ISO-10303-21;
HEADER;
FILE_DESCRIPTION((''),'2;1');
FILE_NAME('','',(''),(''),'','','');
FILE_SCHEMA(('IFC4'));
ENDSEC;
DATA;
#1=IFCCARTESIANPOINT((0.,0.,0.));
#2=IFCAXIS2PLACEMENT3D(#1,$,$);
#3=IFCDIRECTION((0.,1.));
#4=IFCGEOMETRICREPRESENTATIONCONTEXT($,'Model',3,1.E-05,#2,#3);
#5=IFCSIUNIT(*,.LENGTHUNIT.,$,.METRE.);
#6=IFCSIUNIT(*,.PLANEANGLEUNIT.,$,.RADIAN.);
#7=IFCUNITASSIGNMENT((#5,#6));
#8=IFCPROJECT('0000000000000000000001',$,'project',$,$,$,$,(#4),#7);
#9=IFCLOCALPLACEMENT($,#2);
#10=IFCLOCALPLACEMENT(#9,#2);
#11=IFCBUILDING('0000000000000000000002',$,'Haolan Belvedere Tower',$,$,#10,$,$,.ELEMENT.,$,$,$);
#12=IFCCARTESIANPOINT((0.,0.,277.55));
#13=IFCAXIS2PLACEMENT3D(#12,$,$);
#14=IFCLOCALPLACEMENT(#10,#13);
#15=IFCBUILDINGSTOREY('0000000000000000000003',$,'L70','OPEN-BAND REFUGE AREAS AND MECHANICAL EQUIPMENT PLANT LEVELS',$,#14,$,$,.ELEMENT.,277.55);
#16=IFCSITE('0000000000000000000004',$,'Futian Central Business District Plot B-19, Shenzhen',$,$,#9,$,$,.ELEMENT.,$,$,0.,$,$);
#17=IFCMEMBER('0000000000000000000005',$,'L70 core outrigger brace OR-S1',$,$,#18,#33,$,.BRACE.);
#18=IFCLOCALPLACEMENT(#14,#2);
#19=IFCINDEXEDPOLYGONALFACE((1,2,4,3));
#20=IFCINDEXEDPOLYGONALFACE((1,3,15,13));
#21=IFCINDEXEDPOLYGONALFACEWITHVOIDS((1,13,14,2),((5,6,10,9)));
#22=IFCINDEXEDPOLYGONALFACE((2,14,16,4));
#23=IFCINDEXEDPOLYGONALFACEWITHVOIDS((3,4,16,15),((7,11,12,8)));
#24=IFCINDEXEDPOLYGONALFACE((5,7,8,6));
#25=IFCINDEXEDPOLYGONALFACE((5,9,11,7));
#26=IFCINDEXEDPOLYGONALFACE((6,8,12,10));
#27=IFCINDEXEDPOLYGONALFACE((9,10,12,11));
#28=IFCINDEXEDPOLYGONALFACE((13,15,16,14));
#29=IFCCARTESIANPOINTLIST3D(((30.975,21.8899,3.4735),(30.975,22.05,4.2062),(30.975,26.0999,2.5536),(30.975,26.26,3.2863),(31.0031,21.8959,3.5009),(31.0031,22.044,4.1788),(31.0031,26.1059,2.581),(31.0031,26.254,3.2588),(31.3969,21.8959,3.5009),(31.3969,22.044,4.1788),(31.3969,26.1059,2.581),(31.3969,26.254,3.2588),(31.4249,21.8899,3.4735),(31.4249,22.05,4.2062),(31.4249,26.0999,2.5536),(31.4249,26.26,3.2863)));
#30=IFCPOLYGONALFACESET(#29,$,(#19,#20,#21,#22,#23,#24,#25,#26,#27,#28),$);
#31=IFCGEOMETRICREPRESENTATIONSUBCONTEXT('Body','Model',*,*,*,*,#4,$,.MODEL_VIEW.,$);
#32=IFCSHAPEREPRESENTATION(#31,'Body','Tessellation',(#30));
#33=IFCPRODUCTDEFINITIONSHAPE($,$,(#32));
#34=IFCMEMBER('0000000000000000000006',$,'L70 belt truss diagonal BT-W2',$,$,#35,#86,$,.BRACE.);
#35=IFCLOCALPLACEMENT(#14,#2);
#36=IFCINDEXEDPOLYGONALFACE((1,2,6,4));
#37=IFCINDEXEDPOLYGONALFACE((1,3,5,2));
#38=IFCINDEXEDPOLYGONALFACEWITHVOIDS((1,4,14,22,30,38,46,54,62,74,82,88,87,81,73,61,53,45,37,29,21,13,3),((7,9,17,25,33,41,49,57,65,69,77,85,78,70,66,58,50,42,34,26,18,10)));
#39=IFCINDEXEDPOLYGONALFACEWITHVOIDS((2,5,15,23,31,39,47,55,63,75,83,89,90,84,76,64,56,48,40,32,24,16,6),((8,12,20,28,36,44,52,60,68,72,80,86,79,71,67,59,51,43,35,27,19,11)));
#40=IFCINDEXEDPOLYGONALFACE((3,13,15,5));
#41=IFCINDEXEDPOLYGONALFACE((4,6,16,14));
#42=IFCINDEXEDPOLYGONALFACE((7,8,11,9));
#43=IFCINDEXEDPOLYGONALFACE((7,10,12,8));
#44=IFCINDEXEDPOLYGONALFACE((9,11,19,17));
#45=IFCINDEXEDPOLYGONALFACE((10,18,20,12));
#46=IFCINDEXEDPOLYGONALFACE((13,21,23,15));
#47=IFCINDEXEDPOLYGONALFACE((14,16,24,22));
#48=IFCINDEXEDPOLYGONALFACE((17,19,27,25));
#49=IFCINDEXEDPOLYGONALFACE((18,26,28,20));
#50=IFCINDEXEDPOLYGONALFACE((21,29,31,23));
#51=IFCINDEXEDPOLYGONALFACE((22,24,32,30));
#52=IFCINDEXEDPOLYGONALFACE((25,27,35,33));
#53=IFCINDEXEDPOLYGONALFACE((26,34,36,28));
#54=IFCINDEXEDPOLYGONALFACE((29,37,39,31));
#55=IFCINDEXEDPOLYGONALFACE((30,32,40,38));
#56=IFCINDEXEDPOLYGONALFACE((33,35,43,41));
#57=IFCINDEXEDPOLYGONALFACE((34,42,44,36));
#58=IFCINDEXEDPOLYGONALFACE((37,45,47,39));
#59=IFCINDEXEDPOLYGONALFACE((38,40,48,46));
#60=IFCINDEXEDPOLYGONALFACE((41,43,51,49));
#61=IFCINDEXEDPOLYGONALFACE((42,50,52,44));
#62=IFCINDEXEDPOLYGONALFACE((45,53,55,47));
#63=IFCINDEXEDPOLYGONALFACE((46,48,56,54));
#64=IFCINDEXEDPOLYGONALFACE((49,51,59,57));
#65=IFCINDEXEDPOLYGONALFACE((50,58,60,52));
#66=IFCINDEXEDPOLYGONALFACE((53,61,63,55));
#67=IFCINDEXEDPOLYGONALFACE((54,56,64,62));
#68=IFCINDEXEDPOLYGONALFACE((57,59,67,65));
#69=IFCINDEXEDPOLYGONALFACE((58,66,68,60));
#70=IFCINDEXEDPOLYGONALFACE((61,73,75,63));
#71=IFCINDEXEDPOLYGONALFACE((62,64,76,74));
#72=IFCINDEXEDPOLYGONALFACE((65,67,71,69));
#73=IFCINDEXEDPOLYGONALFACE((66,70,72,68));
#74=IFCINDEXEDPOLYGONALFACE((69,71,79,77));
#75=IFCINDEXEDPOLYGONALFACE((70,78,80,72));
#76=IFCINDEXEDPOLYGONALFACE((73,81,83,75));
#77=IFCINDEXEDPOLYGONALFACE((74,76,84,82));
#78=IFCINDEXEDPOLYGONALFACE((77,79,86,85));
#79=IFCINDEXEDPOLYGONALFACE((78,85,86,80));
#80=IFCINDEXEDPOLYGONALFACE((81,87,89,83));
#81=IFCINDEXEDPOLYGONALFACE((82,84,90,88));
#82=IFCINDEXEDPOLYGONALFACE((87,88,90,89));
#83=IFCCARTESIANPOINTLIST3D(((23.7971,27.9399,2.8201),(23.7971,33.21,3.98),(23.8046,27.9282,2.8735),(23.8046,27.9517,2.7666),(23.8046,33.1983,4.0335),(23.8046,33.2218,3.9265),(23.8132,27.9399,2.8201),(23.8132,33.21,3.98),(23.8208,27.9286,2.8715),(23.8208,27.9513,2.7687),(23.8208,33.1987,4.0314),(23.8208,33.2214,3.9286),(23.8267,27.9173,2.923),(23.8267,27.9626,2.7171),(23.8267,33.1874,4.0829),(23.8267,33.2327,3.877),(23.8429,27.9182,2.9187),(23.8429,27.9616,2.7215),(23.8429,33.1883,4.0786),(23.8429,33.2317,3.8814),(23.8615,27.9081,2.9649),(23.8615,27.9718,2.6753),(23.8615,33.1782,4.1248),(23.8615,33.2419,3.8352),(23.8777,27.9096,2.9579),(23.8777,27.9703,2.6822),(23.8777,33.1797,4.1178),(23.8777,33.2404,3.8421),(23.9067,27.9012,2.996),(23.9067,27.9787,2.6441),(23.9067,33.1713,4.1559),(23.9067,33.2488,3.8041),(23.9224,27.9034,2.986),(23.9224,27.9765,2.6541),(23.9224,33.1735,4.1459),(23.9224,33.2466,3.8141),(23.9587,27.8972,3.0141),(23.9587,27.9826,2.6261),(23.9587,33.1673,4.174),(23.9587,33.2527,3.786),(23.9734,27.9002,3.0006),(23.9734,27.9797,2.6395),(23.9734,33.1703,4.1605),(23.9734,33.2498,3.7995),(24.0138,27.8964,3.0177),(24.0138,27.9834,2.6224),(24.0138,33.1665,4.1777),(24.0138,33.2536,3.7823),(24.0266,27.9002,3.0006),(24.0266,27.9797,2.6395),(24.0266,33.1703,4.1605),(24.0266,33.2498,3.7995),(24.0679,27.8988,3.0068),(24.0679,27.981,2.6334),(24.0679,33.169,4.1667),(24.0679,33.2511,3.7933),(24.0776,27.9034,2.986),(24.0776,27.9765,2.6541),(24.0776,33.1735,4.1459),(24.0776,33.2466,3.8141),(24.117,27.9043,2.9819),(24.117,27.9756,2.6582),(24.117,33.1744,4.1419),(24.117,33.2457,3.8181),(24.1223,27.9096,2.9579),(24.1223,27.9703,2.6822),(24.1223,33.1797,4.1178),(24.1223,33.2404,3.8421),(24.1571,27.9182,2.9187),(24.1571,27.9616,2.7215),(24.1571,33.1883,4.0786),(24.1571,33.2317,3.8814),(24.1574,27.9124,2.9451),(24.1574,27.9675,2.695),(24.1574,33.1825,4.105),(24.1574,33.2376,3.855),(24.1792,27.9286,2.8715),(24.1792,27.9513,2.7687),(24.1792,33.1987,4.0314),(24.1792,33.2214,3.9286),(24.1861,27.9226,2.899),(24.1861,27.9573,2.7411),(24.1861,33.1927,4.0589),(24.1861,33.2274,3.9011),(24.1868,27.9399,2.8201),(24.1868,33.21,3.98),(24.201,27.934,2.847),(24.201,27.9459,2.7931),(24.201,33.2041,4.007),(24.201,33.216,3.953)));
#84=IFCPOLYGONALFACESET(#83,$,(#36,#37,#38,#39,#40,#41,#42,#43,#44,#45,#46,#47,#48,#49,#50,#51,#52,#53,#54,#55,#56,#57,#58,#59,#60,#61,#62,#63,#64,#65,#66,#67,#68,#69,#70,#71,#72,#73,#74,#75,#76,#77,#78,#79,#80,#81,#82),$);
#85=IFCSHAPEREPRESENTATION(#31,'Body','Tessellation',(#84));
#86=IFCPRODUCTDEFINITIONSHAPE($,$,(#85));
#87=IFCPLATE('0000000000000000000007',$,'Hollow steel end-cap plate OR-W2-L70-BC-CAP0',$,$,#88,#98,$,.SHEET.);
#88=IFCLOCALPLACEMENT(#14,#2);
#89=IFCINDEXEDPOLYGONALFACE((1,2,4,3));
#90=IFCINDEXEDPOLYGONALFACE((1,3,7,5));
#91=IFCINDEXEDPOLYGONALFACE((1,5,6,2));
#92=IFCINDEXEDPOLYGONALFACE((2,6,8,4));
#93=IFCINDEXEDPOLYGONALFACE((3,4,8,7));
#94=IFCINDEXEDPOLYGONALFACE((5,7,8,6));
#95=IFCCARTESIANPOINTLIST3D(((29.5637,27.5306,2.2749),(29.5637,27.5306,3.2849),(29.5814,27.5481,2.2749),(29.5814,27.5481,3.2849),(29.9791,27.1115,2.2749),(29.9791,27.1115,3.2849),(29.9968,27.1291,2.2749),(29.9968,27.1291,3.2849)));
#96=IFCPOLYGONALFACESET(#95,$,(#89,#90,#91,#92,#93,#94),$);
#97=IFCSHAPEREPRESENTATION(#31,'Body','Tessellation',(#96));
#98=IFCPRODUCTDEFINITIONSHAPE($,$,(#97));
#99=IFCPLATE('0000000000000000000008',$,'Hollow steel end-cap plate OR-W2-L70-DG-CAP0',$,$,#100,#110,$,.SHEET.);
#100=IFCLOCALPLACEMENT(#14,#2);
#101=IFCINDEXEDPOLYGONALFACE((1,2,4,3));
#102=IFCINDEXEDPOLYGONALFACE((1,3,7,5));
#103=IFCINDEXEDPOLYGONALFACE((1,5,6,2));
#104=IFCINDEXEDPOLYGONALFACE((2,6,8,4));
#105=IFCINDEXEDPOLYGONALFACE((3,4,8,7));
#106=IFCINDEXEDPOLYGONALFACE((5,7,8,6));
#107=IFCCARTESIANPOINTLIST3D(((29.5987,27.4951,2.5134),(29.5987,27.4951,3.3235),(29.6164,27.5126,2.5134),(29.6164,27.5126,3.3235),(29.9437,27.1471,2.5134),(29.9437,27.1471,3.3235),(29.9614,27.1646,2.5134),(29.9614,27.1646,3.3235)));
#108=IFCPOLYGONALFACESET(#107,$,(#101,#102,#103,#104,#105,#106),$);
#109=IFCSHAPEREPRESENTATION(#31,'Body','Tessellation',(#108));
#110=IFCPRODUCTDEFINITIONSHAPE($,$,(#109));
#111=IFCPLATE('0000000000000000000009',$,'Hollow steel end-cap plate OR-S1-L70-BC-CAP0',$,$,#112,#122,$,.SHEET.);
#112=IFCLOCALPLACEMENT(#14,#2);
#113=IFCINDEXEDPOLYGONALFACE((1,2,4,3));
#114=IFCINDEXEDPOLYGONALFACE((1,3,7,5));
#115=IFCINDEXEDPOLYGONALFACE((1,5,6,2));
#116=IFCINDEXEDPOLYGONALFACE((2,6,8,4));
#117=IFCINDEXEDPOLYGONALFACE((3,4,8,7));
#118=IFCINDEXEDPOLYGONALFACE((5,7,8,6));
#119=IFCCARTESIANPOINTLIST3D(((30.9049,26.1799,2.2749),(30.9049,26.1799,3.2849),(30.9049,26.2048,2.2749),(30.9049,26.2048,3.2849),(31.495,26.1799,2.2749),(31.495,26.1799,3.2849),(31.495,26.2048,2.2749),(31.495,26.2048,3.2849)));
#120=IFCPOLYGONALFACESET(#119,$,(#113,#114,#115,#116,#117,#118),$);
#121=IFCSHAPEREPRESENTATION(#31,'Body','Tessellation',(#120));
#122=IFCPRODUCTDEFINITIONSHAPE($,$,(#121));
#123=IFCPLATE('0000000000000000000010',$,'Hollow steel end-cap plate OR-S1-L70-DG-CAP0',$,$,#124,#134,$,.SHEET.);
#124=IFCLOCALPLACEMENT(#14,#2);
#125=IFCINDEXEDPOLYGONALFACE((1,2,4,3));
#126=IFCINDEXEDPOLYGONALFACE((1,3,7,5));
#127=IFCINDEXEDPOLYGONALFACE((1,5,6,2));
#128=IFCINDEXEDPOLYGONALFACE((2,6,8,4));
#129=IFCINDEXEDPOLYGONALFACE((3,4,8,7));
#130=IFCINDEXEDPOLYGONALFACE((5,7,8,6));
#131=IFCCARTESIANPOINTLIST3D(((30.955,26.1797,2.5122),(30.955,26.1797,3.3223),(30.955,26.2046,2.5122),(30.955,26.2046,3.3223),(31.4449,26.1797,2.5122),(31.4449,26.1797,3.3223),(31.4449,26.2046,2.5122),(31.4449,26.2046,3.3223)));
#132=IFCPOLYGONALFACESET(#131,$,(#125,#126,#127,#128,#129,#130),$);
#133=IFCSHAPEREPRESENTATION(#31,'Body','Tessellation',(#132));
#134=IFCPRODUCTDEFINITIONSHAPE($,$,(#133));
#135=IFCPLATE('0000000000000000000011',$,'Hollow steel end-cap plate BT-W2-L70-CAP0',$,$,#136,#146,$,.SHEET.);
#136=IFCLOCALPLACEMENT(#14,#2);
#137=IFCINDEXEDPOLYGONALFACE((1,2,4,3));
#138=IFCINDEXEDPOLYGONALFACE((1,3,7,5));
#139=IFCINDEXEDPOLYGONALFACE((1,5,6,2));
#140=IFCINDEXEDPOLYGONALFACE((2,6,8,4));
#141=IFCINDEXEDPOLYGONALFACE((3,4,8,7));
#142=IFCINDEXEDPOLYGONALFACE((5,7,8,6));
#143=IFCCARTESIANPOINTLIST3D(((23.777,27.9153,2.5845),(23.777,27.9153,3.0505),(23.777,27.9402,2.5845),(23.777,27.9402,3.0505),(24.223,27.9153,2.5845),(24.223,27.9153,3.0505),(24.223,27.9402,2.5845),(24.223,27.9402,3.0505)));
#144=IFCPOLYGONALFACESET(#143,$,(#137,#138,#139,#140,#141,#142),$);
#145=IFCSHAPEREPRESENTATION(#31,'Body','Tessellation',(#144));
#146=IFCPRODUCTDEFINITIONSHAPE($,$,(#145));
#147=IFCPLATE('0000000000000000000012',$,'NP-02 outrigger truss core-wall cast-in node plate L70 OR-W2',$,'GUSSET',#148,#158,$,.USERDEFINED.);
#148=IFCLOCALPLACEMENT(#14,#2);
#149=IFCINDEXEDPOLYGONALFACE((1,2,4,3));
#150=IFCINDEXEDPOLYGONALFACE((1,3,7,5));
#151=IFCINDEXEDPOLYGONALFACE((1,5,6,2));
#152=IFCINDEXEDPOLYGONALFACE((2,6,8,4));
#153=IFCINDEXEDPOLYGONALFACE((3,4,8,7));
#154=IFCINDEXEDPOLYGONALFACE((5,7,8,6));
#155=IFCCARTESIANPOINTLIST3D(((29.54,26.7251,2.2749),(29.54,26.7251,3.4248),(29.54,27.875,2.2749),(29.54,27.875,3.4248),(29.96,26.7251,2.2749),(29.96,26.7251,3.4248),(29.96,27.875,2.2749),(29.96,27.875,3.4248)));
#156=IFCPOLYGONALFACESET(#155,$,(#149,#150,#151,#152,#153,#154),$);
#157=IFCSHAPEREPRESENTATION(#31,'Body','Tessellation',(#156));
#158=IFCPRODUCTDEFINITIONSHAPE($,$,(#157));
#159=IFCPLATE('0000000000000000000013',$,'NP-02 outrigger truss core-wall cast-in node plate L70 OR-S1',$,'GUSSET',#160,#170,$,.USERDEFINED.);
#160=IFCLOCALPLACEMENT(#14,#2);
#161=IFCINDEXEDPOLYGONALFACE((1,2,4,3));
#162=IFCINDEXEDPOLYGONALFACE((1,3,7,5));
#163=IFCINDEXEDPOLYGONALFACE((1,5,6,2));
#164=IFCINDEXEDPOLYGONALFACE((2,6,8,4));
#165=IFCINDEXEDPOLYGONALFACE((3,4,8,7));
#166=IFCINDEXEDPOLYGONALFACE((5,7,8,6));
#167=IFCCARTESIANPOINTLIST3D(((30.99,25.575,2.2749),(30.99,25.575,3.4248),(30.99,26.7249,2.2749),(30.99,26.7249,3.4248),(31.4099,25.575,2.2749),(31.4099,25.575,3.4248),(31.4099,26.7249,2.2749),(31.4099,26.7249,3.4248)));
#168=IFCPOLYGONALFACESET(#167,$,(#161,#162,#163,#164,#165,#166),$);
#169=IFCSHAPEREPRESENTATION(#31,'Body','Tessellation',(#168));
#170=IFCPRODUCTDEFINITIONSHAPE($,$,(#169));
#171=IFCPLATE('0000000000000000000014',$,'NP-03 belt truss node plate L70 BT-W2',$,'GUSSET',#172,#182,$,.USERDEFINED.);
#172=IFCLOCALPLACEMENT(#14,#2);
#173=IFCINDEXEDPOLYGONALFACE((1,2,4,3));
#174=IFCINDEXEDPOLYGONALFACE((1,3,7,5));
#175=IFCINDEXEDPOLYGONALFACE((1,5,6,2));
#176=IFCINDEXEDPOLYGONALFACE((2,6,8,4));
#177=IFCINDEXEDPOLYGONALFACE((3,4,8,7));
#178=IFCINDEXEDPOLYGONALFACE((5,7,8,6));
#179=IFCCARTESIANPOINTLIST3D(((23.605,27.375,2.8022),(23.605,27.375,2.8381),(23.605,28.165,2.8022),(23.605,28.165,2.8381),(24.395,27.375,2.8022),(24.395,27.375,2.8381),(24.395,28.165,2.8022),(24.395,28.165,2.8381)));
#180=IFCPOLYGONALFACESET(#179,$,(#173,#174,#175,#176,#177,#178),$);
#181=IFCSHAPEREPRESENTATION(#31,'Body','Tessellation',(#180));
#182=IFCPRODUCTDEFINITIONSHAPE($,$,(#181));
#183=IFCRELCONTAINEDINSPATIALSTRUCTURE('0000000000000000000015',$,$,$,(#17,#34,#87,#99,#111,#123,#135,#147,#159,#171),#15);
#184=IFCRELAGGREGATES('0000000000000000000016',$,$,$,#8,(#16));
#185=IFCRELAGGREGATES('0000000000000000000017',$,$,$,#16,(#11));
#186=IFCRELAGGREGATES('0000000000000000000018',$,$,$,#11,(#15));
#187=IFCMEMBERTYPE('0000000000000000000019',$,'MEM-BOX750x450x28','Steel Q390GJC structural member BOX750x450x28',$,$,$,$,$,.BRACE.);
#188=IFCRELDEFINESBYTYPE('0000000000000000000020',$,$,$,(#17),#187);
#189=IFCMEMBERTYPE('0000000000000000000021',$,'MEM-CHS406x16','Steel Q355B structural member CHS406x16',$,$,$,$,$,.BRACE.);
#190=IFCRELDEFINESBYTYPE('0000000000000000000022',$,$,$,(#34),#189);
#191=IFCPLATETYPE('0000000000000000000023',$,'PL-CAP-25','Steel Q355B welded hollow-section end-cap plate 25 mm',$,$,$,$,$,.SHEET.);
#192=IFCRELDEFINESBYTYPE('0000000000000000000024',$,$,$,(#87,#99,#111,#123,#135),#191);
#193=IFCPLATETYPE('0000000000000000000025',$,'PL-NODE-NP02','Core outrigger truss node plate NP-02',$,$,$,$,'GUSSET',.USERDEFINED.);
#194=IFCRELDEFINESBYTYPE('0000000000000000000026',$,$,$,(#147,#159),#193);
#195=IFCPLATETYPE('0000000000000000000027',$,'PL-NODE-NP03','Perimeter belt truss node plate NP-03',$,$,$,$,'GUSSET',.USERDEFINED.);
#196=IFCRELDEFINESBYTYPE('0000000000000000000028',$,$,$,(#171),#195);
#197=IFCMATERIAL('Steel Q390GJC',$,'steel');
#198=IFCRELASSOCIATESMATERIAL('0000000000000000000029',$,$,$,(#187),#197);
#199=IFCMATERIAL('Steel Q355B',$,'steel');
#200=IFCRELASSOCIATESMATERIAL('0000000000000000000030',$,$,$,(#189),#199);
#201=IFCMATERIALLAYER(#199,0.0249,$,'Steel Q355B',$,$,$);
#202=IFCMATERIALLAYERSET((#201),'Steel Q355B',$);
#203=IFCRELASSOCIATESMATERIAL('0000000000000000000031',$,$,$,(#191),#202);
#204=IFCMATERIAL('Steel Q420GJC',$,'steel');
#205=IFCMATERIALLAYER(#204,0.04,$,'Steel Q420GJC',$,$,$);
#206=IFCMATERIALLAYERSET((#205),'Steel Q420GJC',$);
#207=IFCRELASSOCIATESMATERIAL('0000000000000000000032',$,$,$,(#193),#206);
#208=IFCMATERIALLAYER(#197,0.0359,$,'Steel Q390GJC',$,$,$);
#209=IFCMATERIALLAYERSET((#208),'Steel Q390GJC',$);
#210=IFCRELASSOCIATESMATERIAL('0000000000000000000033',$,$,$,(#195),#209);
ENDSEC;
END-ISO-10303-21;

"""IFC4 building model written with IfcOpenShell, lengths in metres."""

from ifc_helpers import new_model, si_unit, direction, frame, origin, origin_2d, place, context, subcontext, project, spatial, rectangle, hollow_rectangle, hollow_circle, extrude, material, layer, layer_set, material_profile, profile_set, type_object, element, save


model = new_model("IFC4")

# Units and contexts
model_context = context("Model", 3, precision=1e-05, world=origin(), true_north=direction((0.0, 1.0)))
body_context = subcontext(model_context, "Body", "Model", "MODEL_VIEW")
ifc_project = project(units=[si_unit("LENGTHUNIT", "METRE"), si_unit("PLANEANGLEUNIT", "RADIAN")], contexts=[model_context])

# Site, building, storey
site_placement = place(None, origin())
site = spatial("IfcSite", under=ifc_project, at=site_placement, Name="Futian Central Business District Plot B-19, Shenzhen", CompositionType="ELEMENT", RefElevation=0.0)
building_placement = place(site_placement, origin())
building = spatial("IfcBuilding", under=site, at=building_placement, Name="Haolan Belvedere Tower", CompositionType="ELEMENT")
storey_placement = place(building_placement, frame((0.0, 0.0, 277.55)))
storey = spatial("IfcBuildingStorey", under=building, at=storey_placement, Name="L70", Description="OPEN-BAND REFUGE AREAS AND MECHANICAL EQUIPMENT PLANT LEVELS", CompositionType="ELEMENT", Elevation=277.55)

# Shared definitions
ifc_material_1 = material(Name="Steel Q390GJC", Category="steel")

# Shared definitions
ifc_material_2 = material(Name="Steel Q420GJC", Category="steel")
ifc_material_3 = material(Name="Steel Q355B", Category="steel")

# Members
ifc_material_profile_1 = material_profile(ifc_material_1, hollow_rectangle(XDim=0.45, YDim=0.75, WallThickness=0.0281, at=origin_2d()), Name="Steel Q390GJC")
ifc_profile_set_1 = profile_set([ifc_material_profile_1], Name="Steel Q390GJC")
member_type_1 = type_object("IfcMemberType", Name="MEM-BOX750x450x28", Description="Steel Q390GJC structural member BOX750x450x28", PredefinedType="BRACE", material=ifc_profile_set_1)
member_1_placement = place(storey_placement, frame((31.2, 26.1799, 2.9199), z_axis=(0.0, -0.976949, 0.213474), x_axis=(1.0, 0.0, 0.0)))
element("IfcMember", 1, at=member_1_placement, inside=storey, type_object=member_type_1, Name="L70 core outrigger brace OR-S1", PredefinedType="BRACE", context=body_context, shape_type="SweptSolid", body=[
    extrude(hollow_rectangle(XDim=0.45, YDim=0.75, WallThickness=0.0281, at=origin_2d()), origin(), (0.0, 0.0, 1.0), 4.3093),
])
ifc_material_profile_2 = material_profile(ifc_material_3, hollow_circle(Radius=0.2029, WallThickness=0.0161, at=origin_2d()), Name="Steel Q355B")
ifc_profile_set_2 = profile_set([ifc_material_profile_2], Name="Steel Q355B")
member_type_2 = type_object("IfcMemberType", Name="MEM-CHS406x16", Description="Steel Q355B structural member CHS406x16", PredefinedType="BRACE", material=ifc_profile_set_2)
member_2_placement = place(storey_placement, frame((24.0, 27.9399, 2.8201), z_axis=(0.0, 0.976625, 0.214952), x_axis=(-1.0, 0.0, 0.0)))
element("IfcMember", 2, at=member_2_placement, inside=storey, type_object=member_type_2, Name="L70 belt truss diagonal BT-W2", PredefinedType="BRACE", context=body_context, shape_type="SweptSolid", body=[
    extrude(hollow_circle(Radius=0.2029, WallThickness=0.0161, at=origin_2d()), origin(), (0.0, 0.0, 1.0), 5.3962),
])

# Plates
ifc_layer_1 = layer(ifc_material_3, 0.0249, Name="Steel Q355B")
ifc_layer_set_1 = layer_set([ifc_layer_1], Name="Steel Q355B")
plate_type_1 = type_object("IfcPlateType", Name="PL-CAP-25", Description="Steel Q355B welded hollow-section end-cap plate 25 mm", PredefinedType="SHEET", material=ifc_layer_set_1)
plate_1_placement = place(storey_placement, frame((29.7803, 27.3298, 2.2749), z_axis=(0.0, 0.0, 1.0), x_axis=(-0.704015, 0.710185, 0.0)))
element("IfcPlate", 3, at=plate_1_placement, inside=storey, type_object=plate_type_1, Name="Hollow steel end-cap plate OR-W2-L70-BC-CAP0", PredefinedType="SHEET", context=body_context, shape_type="SweptSolid", body=[
    extrude(rectangle(XDim=0.5901, YDim=0.0249, at=origin_2d()), origin(), (0.0, 0.0, 1.0), 1.01),
])
plate_2_placement = place(storey_placement, frame((29.78, 27.3298, 2.5134), z_axis=(0.0, 0.0, 1.0), x_axis=(-0.704015, 0.710185, 0.0)))
element("IfcPlate", 4, at=plate_2_placement, inside=storey, type_object=plate_type_1, Name="Hollow steel end-cap plate OR-W2-L70-DG-CAP0", PredefinedType="SHEET", context=body_context, shape_type="SweptSolid", body=[
    extrude(rectangle(XDim=0.49, YDim=0.0249, at=origin_2d()), origin(), (0.0, 0.0, 1.0), 0.8101),
])
plate_3_placement = place(storey_placement, frame((31.2, 26.1924, 2.2749), z_axis=(0.0, 0.0, 1.0), x_axis=(-1.0, 0.0, 0.0)))
element("IfcPlate", 5, at=plate_3_placement, inside=storey, type_object=plate_type_1, Name="Hollow steel end-cap plate OR-S1-L70-BC-CAP0", PredefinedType="SHEET", context=body_context, shape_type="SweptSolid", body=[
    extrude(rectangle(XDim=0.5901, YDim=0.0249, at=origin_2d()), origin(), (0.0, 0.0, 1.0), 1.01),
])
plate_4_placement = place(storey_placement, frame((31.2, 26.1921, 2.5122), z_axis=(0.0, 0.0, 1.0), x_axis=(-1.0, 0.0, 0.0)))
element("IfcPlate", 6, at=plate_4_placement, inside=storey, type_object=plate_type_1, Name="Hollow steel end-cap plate OR-S1-L70-DG-CAP0", PredefinedType="SHEET", context=body_context, shape_type="SweptSolid", body=[
    extrude(rectangle(XDim=0.49, YDim=0.0249, at=origin_2d()), origin(), (0.0, 0.0, 1.0), 0.8101),
])
plate_5_placement = place(storey_placement, frame((24.0, 27.9277, 2.5845), z_axis=(0.0, 0.0, 1.0), x_axis=(1.0, 0.0, 0.0)))
element("IfcPlate", 7, at=plate_5_placement, inside=storey, type_object=plate_type_1, Name="Hollow steel end-cap plate BT-W2-L70-CAP0", PredefinedType="SHEET", context=body_context, shape_type="SweptSolid", body=[
    extrude(rectangle(XDim=0.446, YDim=0.0249, at=origin_2d()), origin(), (0.0, 0.0, 1.0), 0.4661),
])
ifc_layer_2 = layer(ifc_material_2, 0.04, Name="Steel Q420GJC")
ifc_layer_set_2 = layer_set([ifc_layer_2], Name="Steel Q420GJC")
plate_type_2 = type_object("IfcPlateType", Name="PL-NODE-NP02", Description="Core outrigger truss node plate NP-02", ElementType="GUSSET", PredefinedType="USERDEFINED", material=ifc_layer_set_2)
for number, where, z_axis, x_axis, name in (
    (8, (29.75, 27.3, 2.2749), (0.0, 0.0, 1.0), (1.0, 0.0, 0.0), "NP-02 outrigger truss core-wall cast-in node plate L70 OR-W2"),
    (9, (31.2, 26.1499, 2.2749), (0.0, 0.0, 1.0), (1.0, 0.0, 0.0), "NP-02 outrigger truss core-wall cast-in node plate L70 OR-S1"),
):
    element("IfcPlate", number, at=place(storey_placement, frame(where, z_axis=z_axis, x_axis=x_axis)), inside=storey, type_object=plate_type_2, Name=name, ObjectType="GUSSET", PredefinedType="USERDEFINED", context=body_context, shape_type="SweptSolid", body=[
        extrude(rectangle(XDim=0.4199, YDim=1.1499, at=origin_2d()), origin(), (0.0, 0.0, 1.0), 1.1499),
    ])
ifc_layer_3 = layer(ifc_material_1, 0.0359, Name="Steel Q390GJC")
ifc_layer_set_3 = layer_set([ifc_layer_3], Name="Steel Q390GJC")
plate_type_3 = type_object("IfcPlateType", Name="PL-NODE-NP03", Description="Perimeter belt truss node plate NP-03", ElementType="GUSSET", PredefinedType="USERDEFINED", material=ifc_layer_set_3)
plate_6_placement = place(storey_placement, frame((24.0, 27.77, 2.8022), z_axis=(0.0, 0.0, 1.0), x_axis=(1.0, 0.0, 0.0)))
element("IfcPlate", 10, at=plate_6_placement, inside=storey, type_object=plate_type_3, Name="NP-03 belt truss node plate L70 BT-W2", ObjectType="GUSSET", PredefinedType="USERDEFINED", context=body_context, shape_type="SweptSolid", body=[
    extrude(rectangle(XDim=0.79, YDim=0.79, at=origin_2d()), origin(), (0.0, 0.0, 1.0), 0.0359),
])

save(model, "model.ifc")
